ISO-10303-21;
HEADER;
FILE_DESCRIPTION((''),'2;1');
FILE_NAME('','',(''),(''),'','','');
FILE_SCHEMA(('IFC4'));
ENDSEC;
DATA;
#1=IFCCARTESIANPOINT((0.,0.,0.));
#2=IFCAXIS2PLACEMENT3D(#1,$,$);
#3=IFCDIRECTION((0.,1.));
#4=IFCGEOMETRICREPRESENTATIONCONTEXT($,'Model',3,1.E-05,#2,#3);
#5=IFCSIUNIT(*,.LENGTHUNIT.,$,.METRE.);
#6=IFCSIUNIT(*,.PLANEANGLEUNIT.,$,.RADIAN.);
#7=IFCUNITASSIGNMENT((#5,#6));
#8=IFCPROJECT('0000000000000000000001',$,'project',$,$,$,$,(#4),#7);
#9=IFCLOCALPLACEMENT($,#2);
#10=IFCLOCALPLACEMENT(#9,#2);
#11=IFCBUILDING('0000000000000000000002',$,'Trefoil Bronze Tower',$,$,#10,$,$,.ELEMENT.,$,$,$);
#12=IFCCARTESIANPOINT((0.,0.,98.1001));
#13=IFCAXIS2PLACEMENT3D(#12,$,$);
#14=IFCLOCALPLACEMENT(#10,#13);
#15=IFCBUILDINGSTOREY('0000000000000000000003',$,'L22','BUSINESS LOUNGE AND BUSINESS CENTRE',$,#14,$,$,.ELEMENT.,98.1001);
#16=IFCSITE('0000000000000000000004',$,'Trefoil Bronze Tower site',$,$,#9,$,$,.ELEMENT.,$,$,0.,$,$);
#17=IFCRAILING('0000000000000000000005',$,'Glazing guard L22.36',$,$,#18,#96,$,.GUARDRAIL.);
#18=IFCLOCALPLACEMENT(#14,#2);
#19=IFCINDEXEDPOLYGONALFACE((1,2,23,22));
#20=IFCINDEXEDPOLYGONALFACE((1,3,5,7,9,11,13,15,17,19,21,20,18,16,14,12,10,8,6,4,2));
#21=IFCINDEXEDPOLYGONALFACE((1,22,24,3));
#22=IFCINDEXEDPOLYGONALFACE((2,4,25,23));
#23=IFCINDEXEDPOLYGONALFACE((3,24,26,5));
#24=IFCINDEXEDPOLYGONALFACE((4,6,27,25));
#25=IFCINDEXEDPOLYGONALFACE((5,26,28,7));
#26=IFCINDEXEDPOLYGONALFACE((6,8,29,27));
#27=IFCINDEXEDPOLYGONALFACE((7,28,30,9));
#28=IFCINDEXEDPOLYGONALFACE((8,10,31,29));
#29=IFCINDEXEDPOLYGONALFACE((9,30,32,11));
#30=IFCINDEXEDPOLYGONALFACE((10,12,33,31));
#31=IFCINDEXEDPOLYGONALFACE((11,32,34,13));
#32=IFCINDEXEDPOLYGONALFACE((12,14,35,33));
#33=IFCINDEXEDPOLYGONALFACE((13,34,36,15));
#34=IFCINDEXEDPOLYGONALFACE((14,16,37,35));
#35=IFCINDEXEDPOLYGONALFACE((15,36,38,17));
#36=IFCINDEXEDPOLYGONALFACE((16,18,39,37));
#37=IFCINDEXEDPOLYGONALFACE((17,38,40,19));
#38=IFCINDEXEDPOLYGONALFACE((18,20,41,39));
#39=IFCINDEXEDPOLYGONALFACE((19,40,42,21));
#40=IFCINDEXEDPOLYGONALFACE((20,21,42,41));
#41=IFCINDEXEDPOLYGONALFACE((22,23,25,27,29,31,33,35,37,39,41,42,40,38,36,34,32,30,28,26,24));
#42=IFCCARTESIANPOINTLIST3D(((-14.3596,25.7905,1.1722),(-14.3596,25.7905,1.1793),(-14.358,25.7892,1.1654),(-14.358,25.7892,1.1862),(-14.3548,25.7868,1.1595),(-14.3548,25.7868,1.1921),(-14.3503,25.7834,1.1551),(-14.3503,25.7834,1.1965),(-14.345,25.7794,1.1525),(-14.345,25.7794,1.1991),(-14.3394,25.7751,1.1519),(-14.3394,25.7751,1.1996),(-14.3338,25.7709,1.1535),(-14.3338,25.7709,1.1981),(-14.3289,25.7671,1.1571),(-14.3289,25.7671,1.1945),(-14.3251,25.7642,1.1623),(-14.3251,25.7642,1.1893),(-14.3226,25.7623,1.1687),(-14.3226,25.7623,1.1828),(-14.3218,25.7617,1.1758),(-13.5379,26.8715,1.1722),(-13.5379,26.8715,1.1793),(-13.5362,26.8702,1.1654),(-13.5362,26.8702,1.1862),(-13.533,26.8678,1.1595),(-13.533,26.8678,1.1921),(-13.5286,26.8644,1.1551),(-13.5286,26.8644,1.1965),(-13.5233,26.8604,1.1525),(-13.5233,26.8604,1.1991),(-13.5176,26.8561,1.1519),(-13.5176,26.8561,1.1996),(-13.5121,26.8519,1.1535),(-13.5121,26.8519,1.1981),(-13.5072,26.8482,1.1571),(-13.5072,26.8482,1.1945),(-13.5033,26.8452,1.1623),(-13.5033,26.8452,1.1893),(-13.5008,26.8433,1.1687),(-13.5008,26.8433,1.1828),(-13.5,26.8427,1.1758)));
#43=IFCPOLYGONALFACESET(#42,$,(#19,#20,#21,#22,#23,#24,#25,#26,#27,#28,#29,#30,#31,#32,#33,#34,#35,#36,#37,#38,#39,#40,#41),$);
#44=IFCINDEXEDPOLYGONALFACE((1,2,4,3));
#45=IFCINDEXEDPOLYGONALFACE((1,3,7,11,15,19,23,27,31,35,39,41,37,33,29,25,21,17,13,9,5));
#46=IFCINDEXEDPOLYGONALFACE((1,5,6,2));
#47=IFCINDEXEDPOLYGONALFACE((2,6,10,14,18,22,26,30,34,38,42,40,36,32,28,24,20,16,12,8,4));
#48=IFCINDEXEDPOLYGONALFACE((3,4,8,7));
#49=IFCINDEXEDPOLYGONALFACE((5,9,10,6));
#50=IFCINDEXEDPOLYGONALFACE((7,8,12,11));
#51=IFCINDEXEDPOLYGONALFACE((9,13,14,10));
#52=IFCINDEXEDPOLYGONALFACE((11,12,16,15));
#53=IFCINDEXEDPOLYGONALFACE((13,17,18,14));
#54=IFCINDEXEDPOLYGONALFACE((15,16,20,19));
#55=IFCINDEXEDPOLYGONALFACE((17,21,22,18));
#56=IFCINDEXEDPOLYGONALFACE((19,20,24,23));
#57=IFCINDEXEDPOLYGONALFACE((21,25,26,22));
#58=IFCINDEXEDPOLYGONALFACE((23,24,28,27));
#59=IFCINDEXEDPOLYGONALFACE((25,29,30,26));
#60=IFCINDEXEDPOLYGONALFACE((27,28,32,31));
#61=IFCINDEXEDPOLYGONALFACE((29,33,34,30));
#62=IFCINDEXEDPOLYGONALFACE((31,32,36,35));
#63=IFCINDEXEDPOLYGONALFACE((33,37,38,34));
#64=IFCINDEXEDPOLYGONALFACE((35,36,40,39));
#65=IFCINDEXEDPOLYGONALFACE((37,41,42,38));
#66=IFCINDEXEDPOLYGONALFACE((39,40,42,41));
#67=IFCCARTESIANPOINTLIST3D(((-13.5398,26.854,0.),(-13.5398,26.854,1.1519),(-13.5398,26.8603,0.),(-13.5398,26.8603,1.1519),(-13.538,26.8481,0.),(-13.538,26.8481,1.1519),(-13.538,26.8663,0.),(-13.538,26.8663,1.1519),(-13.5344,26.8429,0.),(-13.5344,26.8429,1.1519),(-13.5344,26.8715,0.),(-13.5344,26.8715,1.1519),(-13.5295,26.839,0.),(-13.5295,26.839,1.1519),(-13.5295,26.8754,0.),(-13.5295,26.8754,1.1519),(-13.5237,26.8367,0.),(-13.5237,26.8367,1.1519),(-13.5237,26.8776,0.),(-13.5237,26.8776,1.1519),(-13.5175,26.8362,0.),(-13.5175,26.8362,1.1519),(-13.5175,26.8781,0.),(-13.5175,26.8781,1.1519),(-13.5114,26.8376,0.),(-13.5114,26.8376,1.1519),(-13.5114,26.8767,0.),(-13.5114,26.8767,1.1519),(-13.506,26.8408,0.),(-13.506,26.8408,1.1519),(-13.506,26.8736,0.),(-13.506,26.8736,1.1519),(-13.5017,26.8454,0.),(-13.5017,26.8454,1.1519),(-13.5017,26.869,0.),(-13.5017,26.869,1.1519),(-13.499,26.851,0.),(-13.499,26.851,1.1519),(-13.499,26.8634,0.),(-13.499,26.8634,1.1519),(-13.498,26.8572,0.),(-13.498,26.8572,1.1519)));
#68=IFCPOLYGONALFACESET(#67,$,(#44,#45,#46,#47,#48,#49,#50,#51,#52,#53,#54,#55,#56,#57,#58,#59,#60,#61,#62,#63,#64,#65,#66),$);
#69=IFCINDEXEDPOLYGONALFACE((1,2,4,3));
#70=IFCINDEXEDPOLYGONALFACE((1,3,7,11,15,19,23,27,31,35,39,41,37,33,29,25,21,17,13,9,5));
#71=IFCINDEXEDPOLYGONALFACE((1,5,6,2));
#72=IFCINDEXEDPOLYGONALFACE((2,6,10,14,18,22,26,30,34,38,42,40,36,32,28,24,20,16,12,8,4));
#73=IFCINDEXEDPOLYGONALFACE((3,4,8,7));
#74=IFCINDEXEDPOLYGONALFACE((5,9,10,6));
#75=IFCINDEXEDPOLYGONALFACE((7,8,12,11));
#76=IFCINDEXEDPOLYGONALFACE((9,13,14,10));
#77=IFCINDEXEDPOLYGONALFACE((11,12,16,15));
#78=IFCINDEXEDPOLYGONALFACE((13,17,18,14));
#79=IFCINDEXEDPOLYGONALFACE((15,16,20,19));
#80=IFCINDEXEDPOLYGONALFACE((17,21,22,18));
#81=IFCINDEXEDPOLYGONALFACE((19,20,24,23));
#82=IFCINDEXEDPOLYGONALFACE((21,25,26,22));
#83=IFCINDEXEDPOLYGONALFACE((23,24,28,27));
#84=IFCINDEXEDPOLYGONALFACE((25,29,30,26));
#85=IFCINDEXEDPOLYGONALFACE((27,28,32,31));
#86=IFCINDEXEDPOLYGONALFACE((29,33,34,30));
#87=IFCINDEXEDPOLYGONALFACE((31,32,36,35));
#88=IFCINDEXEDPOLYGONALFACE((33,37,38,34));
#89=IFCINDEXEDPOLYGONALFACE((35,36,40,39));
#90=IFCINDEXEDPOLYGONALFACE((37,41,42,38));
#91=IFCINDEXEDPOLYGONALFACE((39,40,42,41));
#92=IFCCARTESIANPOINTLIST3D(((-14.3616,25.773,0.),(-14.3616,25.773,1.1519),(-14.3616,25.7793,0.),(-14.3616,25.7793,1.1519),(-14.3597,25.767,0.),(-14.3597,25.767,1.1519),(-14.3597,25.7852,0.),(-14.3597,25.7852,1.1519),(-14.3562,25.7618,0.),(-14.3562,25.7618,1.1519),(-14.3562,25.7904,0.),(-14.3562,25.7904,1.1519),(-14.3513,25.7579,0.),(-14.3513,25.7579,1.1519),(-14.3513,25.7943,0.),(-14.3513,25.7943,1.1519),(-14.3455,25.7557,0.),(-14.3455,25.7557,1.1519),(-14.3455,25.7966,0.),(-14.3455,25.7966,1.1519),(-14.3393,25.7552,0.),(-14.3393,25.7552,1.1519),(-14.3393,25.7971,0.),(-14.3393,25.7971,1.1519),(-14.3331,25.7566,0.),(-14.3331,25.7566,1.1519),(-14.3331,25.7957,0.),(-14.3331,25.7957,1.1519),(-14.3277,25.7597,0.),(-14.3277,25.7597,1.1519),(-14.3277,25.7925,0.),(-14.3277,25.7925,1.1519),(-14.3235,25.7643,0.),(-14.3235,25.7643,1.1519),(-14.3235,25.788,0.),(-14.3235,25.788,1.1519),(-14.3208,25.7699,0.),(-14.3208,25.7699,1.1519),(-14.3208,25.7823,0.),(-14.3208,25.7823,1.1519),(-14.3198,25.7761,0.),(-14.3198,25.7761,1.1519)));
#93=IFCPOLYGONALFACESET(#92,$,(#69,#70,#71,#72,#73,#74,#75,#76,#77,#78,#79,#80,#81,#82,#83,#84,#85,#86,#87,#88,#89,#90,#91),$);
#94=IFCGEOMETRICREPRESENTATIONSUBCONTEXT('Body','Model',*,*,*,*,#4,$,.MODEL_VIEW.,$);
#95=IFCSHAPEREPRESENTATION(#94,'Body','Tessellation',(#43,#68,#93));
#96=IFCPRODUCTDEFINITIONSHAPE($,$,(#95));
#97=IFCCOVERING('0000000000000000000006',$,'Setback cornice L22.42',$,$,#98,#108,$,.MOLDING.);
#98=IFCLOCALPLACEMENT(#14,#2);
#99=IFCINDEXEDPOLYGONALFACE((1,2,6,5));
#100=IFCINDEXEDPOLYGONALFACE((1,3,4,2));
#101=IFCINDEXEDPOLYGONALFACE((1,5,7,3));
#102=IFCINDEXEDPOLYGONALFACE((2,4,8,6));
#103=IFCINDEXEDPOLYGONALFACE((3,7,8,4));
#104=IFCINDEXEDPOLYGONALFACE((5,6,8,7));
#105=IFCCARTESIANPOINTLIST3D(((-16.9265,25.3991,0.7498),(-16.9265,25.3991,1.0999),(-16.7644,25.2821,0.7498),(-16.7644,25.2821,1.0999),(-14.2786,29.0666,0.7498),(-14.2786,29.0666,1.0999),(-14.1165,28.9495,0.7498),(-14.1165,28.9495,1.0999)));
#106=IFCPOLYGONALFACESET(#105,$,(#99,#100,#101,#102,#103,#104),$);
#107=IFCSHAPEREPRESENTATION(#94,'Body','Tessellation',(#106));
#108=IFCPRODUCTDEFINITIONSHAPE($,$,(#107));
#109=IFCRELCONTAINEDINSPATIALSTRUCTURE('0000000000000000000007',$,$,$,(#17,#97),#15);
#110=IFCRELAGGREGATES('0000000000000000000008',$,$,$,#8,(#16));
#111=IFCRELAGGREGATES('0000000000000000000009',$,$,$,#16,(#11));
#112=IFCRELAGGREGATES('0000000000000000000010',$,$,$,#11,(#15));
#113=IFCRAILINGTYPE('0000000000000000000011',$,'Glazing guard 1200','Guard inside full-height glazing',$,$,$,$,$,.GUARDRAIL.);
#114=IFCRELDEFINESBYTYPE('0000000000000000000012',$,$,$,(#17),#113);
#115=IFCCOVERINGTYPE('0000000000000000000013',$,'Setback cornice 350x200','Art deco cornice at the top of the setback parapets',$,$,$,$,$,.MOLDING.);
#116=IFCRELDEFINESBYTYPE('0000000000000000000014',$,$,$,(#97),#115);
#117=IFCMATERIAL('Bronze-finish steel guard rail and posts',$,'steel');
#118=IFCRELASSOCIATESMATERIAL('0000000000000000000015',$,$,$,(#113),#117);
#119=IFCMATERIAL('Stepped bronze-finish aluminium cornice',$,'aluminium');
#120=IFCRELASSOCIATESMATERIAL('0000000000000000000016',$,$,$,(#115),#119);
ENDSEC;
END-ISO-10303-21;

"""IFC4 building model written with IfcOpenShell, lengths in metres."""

from ifc_helpers import new_model, si_unit, direction, frame, origin, origin_2d, place, context, subcontext, project, spatial, rectangle, circle, extrude, material, type_object, element, save


model = new_model("IFC4")

# Units and contexts
model_context = context("Model", 3, precision=1e-05, world=origin(), true_north=direction((0.0, 1.0)))
body_context = subcontext(model_context, "Body", "Model", "MODEL_VIEW")
ifc_project = project(units=[si_unit("LENGTHUNIT", "METRE"), si_unit("PLANEANGLEUNIT", "RADIAN")], contexts=[model_context])

# Site, building, storey
site_placement = place(None, origin())
site = spatial("IfcSite", under=ifc_project, at=site_placement, Name="Trefoil Bronze Tower site", CompositionType="ELEMENT", RefElevation=0.0)
building_placement = place(site_placement, origin())
building = spatial("IfcBuilding", under=site, at=building_placement, Name="Trefoil Bronze Tower", CompositionType="ELEMENT")
storey_placement = place(building_placement, frame((0.0, 0.0, 98.1001)))
storey = spatial("IfcBuildingStorey", under=building, at=storey_placement, Name="L22", Description="BUSINESS LOUNGE AND BUSINESS CENTRE", CompositionType="ELEMENT", Elevation=98.1001)

# Railing
ifc_material_1 = material(Name="Bronze-finish steel guard rail and posts", Category="steel")
railing_type = type_object("IfcRailingType", Name="Glazing guard 1200", Description="Guard inside full-height glazing", PredefinedType="GUARDRAIL", material=ifc_material_1)
railing_placement = place(storey_placement, frame((-13.519, 26.8572, 0.0)))
element("IfcRailing", 1, at=railing_placement, inside=storey, type_object=railing_type, Name="Glazing guard L22.36", PredefinedType="GUARDRAIL", context=body_context, shape_type="SweptSolid", body=[
    extrude(circle(Radius=0.0239, at=origin_2d()), frame((0.0, 0.0, 1.1758), z_axis=(-0.605165, -0.7961, 0.0), x_axis=(0.7961, -0.605165, 0.0)), (0.0, 0.0, 1.0), 1.3579),
    extrude(circle(Radius=0.021, at=origin_2d()), origin(), (0.0, 0.0, 1.0), 1.1519),
    extrude(circle(Radius=0.021, at=origin_2d()), frame((-0.8218, -1.0811, 0.0)), (0.0, 0.0, 1.0), 1.1519),
])

# Covering
ifc_material_2 = material(Name="Stepped bronze-finish aluminium cornice", Category="aluminium")
covering_type = type_object("IfcCoveringType", Name="Setback cornice 350x200", Description="Art deco cornice at the top of the setback parapets", PredefinedType="MOLDING", material=ifc_material_2)
covering_placement = place(storey_placement, frame((-15.5215, 27.1743, 0.7498), z_axis=(0.0, 0.0, 1.0), x_axis=(-0.585373, -0.810764, 0.0)))
element("IfcCovering", 2, at=covering_placement, inside=storey, type_object=covering_type, Name="Setback cornice L22.42", PredefinedType="MOLDING", context=body_context, shape_type="SweptSolid", body=[
    extrude(rectangle(XDim=4.5234, YDim=0.2, at=origin_2d()), origin(), (0.0, 0.0, 1.0), 0.3501),
])

save(model, "model.ifc")
